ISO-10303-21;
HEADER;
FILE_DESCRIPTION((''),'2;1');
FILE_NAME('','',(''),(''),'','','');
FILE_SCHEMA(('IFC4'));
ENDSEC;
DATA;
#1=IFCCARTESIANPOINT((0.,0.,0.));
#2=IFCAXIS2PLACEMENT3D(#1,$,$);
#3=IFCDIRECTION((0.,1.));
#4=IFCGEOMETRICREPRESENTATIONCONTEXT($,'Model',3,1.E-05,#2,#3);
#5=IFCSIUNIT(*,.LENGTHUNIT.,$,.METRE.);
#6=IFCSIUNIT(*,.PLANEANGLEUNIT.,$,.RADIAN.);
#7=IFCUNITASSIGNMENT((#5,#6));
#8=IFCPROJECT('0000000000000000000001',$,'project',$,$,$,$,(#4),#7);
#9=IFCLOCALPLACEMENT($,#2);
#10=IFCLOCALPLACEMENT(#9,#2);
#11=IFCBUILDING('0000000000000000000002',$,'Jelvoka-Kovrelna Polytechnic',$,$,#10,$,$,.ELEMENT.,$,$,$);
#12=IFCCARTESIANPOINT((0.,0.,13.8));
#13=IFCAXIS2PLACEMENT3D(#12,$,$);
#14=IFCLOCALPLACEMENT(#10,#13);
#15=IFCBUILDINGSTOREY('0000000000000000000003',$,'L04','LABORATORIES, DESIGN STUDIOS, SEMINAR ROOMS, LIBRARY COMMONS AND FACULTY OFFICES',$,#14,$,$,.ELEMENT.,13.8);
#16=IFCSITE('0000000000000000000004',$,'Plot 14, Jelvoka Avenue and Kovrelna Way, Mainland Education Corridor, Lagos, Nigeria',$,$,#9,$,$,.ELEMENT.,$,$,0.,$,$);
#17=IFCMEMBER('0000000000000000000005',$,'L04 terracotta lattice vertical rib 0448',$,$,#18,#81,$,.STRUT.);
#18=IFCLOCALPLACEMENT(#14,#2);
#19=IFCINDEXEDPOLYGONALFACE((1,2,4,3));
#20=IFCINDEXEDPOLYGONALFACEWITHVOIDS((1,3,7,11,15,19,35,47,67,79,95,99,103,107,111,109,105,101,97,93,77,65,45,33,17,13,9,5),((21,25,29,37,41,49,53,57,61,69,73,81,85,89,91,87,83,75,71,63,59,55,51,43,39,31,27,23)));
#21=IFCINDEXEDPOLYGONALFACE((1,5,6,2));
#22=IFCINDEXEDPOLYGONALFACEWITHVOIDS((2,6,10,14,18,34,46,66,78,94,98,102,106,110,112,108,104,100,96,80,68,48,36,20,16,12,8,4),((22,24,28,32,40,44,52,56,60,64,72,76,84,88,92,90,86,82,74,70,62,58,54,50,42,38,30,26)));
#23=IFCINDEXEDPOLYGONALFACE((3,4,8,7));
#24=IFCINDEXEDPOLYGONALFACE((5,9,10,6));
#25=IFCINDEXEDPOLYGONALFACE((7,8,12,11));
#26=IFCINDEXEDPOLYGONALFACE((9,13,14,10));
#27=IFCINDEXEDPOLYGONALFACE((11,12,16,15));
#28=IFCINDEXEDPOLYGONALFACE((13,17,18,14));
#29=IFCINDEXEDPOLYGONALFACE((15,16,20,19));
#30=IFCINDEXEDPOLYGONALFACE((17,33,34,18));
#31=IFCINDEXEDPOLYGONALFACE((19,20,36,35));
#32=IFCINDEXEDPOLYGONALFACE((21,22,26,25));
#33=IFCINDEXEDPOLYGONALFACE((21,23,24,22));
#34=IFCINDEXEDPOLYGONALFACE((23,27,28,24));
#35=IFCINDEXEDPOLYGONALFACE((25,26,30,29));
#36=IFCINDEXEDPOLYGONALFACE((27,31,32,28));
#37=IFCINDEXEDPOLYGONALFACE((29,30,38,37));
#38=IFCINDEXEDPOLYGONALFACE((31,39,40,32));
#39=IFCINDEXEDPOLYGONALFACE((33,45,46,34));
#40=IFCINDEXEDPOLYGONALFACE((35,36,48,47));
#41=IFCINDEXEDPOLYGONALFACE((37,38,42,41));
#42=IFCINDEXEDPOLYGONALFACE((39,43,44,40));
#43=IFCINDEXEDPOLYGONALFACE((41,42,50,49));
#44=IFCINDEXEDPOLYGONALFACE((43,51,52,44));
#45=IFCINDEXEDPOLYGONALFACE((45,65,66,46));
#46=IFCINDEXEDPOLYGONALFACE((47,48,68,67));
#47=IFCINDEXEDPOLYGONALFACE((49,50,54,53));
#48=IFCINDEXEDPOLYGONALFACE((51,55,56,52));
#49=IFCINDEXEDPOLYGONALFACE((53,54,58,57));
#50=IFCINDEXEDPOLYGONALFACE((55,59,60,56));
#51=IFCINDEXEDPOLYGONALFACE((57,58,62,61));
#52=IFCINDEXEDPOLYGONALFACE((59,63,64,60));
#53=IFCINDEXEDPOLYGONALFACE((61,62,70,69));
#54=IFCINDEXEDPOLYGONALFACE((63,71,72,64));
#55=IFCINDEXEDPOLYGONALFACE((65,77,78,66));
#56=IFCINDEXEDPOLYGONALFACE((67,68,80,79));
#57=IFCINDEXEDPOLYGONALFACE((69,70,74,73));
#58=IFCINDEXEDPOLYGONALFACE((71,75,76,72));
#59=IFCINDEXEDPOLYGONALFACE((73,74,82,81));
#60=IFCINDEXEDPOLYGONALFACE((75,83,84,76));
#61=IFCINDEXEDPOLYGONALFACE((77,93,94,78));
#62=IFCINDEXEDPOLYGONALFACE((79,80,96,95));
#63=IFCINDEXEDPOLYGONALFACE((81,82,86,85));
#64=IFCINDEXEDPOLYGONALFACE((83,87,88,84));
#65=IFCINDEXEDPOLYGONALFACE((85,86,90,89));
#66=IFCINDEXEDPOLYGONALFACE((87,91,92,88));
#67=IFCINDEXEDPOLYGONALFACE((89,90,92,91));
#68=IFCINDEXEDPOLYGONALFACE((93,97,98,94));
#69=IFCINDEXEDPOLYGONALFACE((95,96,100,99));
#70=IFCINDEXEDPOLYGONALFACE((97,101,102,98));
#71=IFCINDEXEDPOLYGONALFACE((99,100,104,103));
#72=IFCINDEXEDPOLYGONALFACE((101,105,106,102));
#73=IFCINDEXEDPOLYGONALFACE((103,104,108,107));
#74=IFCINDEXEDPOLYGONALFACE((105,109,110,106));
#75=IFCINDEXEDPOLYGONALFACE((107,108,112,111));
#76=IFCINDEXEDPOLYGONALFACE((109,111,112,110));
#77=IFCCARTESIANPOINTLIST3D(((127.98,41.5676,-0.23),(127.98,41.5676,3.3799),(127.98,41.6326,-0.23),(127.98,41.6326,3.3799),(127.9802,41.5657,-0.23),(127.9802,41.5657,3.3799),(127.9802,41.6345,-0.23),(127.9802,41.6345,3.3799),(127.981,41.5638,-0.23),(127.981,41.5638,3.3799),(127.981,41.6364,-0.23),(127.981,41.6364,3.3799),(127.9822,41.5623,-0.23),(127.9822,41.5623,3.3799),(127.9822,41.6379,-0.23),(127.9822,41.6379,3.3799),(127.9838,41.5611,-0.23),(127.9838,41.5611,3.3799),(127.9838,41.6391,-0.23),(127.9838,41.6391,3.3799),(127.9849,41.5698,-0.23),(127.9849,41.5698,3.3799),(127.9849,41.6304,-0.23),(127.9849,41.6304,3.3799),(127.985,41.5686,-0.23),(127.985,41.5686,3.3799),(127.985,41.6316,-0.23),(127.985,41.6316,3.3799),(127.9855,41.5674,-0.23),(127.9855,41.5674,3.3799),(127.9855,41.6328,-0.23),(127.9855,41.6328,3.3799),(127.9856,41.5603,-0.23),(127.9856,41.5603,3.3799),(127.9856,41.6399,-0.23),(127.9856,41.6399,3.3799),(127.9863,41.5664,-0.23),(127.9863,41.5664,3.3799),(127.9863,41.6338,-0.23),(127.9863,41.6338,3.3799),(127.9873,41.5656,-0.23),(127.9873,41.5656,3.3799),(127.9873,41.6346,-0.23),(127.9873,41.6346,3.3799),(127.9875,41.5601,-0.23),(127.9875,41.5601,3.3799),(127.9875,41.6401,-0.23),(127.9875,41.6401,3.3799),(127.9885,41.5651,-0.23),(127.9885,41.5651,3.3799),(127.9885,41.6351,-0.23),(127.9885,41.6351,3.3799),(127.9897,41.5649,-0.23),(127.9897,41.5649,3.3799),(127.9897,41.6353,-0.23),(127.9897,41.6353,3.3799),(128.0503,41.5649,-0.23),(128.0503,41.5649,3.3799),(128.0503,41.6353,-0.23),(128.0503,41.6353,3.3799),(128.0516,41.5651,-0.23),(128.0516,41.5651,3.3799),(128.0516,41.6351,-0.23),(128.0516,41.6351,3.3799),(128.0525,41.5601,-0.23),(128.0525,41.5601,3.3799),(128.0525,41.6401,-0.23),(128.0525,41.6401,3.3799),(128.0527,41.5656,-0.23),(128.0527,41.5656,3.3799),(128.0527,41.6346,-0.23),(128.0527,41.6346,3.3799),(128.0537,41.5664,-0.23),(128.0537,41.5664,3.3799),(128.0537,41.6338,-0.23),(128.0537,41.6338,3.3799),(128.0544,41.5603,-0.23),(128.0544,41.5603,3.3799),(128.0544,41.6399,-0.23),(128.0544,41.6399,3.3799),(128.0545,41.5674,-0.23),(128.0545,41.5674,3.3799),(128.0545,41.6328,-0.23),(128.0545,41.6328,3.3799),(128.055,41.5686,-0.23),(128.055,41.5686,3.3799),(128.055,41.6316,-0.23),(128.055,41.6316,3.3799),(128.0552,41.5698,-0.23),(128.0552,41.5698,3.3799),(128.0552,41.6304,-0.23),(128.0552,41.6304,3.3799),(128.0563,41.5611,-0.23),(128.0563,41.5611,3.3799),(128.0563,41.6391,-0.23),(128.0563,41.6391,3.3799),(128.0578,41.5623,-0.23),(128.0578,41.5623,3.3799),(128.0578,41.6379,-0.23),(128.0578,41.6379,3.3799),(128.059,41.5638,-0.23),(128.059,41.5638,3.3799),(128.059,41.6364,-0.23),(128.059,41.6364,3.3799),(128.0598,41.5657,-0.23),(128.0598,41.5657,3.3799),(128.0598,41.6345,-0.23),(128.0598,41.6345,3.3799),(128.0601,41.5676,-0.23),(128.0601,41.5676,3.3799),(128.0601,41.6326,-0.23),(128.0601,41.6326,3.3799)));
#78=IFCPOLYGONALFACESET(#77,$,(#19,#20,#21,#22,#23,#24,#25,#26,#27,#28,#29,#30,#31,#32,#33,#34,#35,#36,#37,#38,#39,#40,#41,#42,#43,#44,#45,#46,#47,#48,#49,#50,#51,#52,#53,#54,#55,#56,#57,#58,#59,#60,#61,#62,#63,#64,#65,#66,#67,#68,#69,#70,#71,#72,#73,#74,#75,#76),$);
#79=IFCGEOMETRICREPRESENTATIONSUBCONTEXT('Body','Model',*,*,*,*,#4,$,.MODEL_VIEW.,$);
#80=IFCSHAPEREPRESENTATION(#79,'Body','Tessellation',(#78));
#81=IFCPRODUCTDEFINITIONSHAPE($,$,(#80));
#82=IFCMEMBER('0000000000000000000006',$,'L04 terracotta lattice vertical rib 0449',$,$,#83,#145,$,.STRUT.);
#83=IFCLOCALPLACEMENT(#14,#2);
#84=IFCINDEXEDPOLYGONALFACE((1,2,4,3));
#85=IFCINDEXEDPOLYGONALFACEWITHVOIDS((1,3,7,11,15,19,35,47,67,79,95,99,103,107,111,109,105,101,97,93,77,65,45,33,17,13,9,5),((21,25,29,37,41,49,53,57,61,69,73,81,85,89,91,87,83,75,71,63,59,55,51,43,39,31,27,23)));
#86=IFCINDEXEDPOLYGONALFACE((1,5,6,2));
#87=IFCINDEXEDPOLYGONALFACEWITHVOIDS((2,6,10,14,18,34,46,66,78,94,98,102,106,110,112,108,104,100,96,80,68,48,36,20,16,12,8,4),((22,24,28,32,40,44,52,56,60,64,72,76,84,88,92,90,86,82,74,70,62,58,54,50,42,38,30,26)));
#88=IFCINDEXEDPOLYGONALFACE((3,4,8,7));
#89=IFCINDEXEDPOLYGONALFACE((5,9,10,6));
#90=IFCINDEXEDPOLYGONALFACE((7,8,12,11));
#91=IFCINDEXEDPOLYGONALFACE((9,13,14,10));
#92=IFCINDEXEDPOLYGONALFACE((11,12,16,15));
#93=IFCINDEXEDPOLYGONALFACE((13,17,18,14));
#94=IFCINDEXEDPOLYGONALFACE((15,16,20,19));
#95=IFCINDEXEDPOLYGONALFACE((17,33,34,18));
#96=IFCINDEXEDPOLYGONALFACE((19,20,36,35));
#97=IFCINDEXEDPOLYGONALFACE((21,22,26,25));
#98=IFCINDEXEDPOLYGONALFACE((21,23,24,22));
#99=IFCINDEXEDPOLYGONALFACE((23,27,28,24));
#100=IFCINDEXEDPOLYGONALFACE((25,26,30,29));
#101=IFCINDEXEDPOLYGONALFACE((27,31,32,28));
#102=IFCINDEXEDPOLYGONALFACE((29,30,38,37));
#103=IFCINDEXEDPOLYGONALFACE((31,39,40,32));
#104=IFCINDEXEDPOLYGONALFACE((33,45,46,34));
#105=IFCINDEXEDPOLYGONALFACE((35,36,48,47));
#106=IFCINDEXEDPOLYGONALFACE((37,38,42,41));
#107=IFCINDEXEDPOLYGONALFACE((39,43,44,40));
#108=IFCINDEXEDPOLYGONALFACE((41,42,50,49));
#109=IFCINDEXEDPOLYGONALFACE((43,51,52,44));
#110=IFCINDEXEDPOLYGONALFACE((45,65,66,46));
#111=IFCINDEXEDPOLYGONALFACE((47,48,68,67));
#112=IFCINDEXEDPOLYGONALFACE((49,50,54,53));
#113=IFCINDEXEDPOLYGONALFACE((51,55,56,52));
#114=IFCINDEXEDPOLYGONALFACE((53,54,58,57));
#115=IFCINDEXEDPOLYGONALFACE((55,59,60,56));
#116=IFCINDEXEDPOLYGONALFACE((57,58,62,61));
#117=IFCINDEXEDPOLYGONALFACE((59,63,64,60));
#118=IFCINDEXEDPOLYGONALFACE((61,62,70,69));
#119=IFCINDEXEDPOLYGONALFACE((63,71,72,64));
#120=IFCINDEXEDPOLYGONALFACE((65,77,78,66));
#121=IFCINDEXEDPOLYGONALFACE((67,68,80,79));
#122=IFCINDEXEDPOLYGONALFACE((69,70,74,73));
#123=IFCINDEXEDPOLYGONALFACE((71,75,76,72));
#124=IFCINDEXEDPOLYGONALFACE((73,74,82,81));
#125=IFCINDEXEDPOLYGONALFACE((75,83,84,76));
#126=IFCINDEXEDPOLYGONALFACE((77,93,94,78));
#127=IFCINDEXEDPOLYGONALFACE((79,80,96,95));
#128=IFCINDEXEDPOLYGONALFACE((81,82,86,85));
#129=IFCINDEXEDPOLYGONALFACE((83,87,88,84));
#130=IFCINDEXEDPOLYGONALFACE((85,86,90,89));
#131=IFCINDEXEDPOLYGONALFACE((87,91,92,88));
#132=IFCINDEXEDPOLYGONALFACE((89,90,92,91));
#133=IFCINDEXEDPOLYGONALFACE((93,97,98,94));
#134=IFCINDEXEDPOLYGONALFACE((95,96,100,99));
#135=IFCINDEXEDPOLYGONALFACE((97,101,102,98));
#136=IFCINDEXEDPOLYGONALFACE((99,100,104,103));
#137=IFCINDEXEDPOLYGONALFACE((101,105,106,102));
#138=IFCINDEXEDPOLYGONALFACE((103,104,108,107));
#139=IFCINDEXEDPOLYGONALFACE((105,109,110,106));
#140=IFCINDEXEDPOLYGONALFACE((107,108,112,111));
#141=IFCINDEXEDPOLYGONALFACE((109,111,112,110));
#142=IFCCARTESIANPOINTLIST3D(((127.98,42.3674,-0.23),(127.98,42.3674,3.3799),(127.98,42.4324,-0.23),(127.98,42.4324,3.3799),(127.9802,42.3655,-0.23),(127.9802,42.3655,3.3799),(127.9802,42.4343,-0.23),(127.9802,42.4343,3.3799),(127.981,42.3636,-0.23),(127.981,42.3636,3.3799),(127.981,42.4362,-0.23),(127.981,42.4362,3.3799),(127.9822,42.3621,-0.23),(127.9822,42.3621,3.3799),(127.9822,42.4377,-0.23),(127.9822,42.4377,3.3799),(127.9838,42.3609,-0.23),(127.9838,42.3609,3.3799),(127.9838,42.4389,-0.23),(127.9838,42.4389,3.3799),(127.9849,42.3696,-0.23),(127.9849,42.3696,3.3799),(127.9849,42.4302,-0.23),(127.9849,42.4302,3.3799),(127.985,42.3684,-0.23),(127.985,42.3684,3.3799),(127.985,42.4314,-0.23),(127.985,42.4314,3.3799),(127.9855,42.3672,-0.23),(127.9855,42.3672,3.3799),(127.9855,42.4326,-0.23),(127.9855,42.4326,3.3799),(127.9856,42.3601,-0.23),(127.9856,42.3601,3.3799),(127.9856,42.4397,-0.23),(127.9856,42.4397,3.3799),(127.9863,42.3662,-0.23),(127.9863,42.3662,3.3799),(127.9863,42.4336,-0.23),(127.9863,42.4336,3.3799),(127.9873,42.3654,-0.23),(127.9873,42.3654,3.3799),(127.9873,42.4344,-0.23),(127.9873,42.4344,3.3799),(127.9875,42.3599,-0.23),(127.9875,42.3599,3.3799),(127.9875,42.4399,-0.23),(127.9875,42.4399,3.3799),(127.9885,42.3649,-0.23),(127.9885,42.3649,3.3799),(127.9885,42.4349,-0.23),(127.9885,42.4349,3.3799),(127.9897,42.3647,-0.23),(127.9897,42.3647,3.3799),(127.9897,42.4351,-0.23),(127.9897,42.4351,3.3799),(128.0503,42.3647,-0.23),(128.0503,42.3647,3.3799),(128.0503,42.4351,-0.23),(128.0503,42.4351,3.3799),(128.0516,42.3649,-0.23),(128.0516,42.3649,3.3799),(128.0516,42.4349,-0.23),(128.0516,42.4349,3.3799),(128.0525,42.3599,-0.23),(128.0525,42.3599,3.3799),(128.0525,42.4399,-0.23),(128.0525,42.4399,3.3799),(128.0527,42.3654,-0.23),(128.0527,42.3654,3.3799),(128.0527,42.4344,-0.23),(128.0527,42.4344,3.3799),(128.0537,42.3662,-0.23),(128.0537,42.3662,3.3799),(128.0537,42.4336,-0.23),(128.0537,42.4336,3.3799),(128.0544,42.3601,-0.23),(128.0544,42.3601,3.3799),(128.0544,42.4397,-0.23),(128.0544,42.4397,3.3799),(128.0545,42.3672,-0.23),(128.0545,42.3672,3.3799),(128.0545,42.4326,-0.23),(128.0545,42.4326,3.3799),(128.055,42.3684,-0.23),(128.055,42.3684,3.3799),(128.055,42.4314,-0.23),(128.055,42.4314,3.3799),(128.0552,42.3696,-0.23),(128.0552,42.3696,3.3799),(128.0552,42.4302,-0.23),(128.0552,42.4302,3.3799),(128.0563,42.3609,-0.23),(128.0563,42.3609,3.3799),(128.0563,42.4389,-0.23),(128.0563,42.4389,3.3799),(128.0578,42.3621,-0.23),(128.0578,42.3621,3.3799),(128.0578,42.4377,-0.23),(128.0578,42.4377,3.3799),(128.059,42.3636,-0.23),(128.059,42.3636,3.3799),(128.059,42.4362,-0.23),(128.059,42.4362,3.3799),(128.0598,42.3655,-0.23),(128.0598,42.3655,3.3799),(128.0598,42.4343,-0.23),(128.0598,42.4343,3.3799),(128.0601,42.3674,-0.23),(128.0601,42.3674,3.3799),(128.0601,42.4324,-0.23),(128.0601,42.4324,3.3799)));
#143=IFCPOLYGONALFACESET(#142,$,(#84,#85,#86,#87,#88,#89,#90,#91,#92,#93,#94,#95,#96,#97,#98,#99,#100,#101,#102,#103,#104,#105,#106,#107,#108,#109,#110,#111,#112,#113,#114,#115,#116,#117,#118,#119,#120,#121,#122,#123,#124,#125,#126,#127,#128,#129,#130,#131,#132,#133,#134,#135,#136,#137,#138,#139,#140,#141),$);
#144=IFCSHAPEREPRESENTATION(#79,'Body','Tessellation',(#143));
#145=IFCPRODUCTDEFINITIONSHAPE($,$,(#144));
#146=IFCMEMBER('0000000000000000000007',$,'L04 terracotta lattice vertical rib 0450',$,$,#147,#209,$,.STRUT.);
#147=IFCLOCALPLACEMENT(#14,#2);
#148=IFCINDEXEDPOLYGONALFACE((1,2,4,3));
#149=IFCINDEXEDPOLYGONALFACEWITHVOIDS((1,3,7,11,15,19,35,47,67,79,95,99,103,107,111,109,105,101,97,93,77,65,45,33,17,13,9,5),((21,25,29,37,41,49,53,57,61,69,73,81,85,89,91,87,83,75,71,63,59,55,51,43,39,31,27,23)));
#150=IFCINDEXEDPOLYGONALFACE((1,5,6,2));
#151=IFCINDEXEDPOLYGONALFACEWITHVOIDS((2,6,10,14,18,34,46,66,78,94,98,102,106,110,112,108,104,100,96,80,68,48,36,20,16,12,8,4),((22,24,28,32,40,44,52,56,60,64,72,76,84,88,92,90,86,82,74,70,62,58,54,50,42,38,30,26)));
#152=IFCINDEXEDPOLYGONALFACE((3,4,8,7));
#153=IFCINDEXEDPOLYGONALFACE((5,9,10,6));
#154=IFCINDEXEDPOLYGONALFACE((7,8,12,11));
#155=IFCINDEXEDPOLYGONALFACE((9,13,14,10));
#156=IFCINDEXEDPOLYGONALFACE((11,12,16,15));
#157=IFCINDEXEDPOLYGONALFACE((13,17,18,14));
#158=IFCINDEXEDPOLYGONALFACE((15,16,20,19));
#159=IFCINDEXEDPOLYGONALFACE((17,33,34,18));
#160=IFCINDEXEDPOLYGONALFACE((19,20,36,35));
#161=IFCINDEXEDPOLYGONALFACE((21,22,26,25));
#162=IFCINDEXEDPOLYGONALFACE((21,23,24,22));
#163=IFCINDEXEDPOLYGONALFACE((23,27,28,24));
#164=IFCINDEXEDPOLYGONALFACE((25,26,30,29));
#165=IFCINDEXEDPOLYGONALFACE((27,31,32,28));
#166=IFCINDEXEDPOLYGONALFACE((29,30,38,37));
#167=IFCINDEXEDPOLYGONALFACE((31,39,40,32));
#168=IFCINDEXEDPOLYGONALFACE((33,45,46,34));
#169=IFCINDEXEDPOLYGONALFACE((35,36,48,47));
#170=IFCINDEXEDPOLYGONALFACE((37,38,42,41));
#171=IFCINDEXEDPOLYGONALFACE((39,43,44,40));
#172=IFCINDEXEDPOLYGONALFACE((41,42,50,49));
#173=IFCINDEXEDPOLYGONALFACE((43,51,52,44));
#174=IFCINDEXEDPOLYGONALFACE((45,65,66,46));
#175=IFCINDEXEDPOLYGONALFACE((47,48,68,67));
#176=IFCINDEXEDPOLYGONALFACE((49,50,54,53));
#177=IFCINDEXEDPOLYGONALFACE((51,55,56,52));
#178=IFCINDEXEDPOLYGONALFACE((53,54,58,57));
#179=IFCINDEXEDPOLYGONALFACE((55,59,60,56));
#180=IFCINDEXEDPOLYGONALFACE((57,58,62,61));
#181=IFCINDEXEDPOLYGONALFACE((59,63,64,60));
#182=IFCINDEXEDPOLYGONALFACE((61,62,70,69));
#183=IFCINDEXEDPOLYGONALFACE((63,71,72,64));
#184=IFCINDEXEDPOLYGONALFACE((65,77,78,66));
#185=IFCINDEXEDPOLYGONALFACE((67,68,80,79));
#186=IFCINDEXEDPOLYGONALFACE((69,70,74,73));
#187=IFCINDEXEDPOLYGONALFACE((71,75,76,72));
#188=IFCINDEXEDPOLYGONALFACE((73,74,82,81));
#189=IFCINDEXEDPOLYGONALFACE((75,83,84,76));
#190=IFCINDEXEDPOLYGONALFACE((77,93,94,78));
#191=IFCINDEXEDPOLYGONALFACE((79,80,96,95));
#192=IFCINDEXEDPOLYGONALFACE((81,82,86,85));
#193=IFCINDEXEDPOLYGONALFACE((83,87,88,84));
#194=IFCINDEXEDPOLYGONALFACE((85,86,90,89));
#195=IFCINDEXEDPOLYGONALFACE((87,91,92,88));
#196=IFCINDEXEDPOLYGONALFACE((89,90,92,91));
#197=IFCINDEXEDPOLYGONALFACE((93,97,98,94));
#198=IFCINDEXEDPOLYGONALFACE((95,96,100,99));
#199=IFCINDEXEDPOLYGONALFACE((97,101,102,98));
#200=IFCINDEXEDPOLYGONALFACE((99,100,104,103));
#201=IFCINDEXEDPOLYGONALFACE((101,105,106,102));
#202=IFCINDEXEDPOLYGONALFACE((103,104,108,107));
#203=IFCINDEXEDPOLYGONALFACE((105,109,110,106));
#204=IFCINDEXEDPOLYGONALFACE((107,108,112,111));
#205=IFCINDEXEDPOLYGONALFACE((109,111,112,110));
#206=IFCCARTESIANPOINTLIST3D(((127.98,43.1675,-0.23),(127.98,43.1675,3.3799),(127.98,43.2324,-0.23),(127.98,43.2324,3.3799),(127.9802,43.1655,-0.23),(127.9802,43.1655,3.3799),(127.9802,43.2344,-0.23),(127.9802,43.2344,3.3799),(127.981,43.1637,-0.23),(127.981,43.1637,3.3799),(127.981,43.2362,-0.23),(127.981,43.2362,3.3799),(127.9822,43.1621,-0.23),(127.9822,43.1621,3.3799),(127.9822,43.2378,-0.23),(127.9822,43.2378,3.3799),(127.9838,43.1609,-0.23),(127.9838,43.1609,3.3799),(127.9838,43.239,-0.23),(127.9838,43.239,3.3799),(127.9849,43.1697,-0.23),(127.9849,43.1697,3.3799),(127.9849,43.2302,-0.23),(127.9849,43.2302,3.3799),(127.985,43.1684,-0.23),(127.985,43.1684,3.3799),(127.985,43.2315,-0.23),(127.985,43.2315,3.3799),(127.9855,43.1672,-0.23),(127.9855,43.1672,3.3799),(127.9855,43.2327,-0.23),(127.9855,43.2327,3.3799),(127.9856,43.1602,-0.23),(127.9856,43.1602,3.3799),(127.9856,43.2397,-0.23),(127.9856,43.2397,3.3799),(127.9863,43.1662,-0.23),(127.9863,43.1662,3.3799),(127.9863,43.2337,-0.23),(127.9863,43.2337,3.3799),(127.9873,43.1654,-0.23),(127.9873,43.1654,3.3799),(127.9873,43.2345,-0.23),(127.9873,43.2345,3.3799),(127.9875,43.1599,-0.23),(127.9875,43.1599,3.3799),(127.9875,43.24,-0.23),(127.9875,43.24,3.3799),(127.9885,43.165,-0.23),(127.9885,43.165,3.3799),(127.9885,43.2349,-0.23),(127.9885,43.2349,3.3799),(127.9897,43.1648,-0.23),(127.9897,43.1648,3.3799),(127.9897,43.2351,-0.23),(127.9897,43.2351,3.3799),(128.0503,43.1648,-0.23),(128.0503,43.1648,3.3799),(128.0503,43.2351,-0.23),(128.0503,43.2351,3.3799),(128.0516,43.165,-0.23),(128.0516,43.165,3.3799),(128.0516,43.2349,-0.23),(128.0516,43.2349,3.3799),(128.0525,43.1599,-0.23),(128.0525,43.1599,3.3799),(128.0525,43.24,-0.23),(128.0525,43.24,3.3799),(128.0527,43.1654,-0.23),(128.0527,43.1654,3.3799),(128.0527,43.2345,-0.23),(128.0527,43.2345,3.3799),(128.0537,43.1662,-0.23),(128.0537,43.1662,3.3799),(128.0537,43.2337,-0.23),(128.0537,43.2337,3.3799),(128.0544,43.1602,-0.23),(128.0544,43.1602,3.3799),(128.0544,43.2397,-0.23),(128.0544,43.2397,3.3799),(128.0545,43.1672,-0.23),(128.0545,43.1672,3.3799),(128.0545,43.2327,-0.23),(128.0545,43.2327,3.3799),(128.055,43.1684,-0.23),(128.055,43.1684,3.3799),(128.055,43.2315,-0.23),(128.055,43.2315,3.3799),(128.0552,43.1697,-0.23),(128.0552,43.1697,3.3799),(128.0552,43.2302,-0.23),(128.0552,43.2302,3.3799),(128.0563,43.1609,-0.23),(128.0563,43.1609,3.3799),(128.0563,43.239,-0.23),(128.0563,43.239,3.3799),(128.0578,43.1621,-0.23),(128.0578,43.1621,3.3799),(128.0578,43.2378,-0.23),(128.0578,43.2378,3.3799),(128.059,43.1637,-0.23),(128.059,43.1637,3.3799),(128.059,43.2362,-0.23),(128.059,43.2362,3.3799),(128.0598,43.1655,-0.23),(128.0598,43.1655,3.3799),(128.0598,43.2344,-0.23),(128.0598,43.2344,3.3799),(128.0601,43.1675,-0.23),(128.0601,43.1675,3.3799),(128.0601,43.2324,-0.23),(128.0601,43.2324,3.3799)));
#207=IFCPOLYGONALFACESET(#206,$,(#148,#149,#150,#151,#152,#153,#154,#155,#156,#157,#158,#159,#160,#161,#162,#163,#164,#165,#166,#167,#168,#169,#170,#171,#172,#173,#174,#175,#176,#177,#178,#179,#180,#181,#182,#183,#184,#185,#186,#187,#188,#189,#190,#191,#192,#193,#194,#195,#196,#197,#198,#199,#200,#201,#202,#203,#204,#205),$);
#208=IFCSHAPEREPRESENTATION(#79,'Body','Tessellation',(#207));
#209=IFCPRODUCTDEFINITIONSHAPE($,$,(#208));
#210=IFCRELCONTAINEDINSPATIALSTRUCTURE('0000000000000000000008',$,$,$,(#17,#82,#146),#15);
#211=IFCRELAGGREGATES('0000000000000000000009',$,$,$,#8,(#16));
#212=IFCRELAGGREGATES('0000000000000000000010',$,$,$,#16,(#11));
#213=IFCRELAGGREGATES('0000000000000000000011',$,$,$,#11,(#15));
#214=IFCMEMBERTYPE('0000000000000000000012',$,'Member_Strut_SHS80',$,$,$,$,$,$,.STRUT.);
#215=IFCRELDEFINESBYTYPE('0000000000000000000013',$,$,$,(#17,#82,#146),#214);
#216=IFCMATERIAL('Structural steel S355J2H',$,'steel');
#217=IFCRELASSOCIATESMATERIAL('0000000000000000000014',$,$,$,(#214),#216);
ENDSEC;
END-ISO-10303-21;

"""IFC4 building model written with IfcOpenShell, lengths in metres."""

from ifc_helpers import new_model, si_unit, direction, frame, origin, origin_2d, place, context, subcontext, project, spatial, hollow_rectangle, extrude, material, material_profile, profile_set, type_object, element, save


model = new_model("IFC4")

# Units and contexts
model_context = context("Model", 3, precision=1e-05, world=origin(), true_north=direction((0.0, 1.0)))
body_context = subcontext(model_context, "Body", "Model", "MODEL_VIEW")
ifc_project = project(units=[si_unit("LENGTHUNIT", "METRE"), si_unit("PLANEANGLEUNIT", "RADIAN")], contexts=[model_context])

# Site, building, storey
site_placement = place(None, origin())
site = spatial("IfcSite", under=ifc_project, at=site_placement, Name="Plot 14, Jelvoka Avenue and Kovrelna Way, Mainland Education Corridor, Lagos, Nigeria", CompositionType="ELEMENT", RefElevation=0.0)
building_placement = place(site_placement, origin())
building = spatial("IfcBuilding", under=site, at=building_placement, Name="Jelvoka-Kovrelna Polytechnic", CompositionType="ELEMENT")
storey_placement = place(building_placement, frame((0.0, 0.0, 13.8)))
storey = spatial("IfcBuildingStorey", under=building, at=storey_placement, Name="L04", Description="LABORATORIES, DESIGN STUDIOS, SEMINAR ROOMS, LIBRARY COMMONS AND FACULTY OFFICES", CompositionType="ELEMENT", Elevation=13.8)

# Members
ifc_material_1 = material(Name="Structural steel S355J2H", Category="steel")
ifc_material_profile_1 = material_profile(ifc_material_1, hollow_rectangle(XDim=0.0801, YDim=0.0801, WallThickness=0.0049, InnerFilletRadius=0.0049, OuterFilletRadius=0.0076, at=origin_2d()), Name="80x80x5.0 SHS")
ifc_profile_set_1 = profile_set([ifc_material_profile_1], Name="Structural steel S355J2H")
member_type_1 = type_object("IfcMemberType", Name="Member_Strut_SHS80", PredefinedType="STRUT", material=ifc_profile_set_1)
for number, where, z_axis, x_axis, name in (
    (1, (128.02, 41.6001, -0.23), (0.0, 0.0, 1.0), (1.0, 0.0, 0.0), "L04 terracotta lattice vertical rib 0448"),
    (2, (128.02, 42.3999, -0.23), (0.0, 0.0, 1.0), (1.0, 0.0, 0.0), "L04 terracotta lattice vertical rib 0449"),
    (3, (128.02, 43.2, -0.23), (0.0, 0.0, 1.0), (1.0, 0.0, 0.0), "L04 terracotta lattice vertical rib 0450"),
):
    element("IfcMember", number, at=place(storey_placement, frame(where, z_axis=z_axis, x_axis=x_axis)), inside=storey, type_object=member_type_1, Name=name, PredefinedType="STRUT", context=body_context, shape_type="SweptSolid", body=[
        extrude(hollow_rectangle(XDim=0.0801, YDim=0.0801, WallThickness=0.0049, InnerFilletRadius=0.0049, OuterFilletRadius=0.0076, at=origin_2d()), origin(), (0.0, 0.0, 1.0), 3.6099),
    ])

save(model, "model.ifc")
